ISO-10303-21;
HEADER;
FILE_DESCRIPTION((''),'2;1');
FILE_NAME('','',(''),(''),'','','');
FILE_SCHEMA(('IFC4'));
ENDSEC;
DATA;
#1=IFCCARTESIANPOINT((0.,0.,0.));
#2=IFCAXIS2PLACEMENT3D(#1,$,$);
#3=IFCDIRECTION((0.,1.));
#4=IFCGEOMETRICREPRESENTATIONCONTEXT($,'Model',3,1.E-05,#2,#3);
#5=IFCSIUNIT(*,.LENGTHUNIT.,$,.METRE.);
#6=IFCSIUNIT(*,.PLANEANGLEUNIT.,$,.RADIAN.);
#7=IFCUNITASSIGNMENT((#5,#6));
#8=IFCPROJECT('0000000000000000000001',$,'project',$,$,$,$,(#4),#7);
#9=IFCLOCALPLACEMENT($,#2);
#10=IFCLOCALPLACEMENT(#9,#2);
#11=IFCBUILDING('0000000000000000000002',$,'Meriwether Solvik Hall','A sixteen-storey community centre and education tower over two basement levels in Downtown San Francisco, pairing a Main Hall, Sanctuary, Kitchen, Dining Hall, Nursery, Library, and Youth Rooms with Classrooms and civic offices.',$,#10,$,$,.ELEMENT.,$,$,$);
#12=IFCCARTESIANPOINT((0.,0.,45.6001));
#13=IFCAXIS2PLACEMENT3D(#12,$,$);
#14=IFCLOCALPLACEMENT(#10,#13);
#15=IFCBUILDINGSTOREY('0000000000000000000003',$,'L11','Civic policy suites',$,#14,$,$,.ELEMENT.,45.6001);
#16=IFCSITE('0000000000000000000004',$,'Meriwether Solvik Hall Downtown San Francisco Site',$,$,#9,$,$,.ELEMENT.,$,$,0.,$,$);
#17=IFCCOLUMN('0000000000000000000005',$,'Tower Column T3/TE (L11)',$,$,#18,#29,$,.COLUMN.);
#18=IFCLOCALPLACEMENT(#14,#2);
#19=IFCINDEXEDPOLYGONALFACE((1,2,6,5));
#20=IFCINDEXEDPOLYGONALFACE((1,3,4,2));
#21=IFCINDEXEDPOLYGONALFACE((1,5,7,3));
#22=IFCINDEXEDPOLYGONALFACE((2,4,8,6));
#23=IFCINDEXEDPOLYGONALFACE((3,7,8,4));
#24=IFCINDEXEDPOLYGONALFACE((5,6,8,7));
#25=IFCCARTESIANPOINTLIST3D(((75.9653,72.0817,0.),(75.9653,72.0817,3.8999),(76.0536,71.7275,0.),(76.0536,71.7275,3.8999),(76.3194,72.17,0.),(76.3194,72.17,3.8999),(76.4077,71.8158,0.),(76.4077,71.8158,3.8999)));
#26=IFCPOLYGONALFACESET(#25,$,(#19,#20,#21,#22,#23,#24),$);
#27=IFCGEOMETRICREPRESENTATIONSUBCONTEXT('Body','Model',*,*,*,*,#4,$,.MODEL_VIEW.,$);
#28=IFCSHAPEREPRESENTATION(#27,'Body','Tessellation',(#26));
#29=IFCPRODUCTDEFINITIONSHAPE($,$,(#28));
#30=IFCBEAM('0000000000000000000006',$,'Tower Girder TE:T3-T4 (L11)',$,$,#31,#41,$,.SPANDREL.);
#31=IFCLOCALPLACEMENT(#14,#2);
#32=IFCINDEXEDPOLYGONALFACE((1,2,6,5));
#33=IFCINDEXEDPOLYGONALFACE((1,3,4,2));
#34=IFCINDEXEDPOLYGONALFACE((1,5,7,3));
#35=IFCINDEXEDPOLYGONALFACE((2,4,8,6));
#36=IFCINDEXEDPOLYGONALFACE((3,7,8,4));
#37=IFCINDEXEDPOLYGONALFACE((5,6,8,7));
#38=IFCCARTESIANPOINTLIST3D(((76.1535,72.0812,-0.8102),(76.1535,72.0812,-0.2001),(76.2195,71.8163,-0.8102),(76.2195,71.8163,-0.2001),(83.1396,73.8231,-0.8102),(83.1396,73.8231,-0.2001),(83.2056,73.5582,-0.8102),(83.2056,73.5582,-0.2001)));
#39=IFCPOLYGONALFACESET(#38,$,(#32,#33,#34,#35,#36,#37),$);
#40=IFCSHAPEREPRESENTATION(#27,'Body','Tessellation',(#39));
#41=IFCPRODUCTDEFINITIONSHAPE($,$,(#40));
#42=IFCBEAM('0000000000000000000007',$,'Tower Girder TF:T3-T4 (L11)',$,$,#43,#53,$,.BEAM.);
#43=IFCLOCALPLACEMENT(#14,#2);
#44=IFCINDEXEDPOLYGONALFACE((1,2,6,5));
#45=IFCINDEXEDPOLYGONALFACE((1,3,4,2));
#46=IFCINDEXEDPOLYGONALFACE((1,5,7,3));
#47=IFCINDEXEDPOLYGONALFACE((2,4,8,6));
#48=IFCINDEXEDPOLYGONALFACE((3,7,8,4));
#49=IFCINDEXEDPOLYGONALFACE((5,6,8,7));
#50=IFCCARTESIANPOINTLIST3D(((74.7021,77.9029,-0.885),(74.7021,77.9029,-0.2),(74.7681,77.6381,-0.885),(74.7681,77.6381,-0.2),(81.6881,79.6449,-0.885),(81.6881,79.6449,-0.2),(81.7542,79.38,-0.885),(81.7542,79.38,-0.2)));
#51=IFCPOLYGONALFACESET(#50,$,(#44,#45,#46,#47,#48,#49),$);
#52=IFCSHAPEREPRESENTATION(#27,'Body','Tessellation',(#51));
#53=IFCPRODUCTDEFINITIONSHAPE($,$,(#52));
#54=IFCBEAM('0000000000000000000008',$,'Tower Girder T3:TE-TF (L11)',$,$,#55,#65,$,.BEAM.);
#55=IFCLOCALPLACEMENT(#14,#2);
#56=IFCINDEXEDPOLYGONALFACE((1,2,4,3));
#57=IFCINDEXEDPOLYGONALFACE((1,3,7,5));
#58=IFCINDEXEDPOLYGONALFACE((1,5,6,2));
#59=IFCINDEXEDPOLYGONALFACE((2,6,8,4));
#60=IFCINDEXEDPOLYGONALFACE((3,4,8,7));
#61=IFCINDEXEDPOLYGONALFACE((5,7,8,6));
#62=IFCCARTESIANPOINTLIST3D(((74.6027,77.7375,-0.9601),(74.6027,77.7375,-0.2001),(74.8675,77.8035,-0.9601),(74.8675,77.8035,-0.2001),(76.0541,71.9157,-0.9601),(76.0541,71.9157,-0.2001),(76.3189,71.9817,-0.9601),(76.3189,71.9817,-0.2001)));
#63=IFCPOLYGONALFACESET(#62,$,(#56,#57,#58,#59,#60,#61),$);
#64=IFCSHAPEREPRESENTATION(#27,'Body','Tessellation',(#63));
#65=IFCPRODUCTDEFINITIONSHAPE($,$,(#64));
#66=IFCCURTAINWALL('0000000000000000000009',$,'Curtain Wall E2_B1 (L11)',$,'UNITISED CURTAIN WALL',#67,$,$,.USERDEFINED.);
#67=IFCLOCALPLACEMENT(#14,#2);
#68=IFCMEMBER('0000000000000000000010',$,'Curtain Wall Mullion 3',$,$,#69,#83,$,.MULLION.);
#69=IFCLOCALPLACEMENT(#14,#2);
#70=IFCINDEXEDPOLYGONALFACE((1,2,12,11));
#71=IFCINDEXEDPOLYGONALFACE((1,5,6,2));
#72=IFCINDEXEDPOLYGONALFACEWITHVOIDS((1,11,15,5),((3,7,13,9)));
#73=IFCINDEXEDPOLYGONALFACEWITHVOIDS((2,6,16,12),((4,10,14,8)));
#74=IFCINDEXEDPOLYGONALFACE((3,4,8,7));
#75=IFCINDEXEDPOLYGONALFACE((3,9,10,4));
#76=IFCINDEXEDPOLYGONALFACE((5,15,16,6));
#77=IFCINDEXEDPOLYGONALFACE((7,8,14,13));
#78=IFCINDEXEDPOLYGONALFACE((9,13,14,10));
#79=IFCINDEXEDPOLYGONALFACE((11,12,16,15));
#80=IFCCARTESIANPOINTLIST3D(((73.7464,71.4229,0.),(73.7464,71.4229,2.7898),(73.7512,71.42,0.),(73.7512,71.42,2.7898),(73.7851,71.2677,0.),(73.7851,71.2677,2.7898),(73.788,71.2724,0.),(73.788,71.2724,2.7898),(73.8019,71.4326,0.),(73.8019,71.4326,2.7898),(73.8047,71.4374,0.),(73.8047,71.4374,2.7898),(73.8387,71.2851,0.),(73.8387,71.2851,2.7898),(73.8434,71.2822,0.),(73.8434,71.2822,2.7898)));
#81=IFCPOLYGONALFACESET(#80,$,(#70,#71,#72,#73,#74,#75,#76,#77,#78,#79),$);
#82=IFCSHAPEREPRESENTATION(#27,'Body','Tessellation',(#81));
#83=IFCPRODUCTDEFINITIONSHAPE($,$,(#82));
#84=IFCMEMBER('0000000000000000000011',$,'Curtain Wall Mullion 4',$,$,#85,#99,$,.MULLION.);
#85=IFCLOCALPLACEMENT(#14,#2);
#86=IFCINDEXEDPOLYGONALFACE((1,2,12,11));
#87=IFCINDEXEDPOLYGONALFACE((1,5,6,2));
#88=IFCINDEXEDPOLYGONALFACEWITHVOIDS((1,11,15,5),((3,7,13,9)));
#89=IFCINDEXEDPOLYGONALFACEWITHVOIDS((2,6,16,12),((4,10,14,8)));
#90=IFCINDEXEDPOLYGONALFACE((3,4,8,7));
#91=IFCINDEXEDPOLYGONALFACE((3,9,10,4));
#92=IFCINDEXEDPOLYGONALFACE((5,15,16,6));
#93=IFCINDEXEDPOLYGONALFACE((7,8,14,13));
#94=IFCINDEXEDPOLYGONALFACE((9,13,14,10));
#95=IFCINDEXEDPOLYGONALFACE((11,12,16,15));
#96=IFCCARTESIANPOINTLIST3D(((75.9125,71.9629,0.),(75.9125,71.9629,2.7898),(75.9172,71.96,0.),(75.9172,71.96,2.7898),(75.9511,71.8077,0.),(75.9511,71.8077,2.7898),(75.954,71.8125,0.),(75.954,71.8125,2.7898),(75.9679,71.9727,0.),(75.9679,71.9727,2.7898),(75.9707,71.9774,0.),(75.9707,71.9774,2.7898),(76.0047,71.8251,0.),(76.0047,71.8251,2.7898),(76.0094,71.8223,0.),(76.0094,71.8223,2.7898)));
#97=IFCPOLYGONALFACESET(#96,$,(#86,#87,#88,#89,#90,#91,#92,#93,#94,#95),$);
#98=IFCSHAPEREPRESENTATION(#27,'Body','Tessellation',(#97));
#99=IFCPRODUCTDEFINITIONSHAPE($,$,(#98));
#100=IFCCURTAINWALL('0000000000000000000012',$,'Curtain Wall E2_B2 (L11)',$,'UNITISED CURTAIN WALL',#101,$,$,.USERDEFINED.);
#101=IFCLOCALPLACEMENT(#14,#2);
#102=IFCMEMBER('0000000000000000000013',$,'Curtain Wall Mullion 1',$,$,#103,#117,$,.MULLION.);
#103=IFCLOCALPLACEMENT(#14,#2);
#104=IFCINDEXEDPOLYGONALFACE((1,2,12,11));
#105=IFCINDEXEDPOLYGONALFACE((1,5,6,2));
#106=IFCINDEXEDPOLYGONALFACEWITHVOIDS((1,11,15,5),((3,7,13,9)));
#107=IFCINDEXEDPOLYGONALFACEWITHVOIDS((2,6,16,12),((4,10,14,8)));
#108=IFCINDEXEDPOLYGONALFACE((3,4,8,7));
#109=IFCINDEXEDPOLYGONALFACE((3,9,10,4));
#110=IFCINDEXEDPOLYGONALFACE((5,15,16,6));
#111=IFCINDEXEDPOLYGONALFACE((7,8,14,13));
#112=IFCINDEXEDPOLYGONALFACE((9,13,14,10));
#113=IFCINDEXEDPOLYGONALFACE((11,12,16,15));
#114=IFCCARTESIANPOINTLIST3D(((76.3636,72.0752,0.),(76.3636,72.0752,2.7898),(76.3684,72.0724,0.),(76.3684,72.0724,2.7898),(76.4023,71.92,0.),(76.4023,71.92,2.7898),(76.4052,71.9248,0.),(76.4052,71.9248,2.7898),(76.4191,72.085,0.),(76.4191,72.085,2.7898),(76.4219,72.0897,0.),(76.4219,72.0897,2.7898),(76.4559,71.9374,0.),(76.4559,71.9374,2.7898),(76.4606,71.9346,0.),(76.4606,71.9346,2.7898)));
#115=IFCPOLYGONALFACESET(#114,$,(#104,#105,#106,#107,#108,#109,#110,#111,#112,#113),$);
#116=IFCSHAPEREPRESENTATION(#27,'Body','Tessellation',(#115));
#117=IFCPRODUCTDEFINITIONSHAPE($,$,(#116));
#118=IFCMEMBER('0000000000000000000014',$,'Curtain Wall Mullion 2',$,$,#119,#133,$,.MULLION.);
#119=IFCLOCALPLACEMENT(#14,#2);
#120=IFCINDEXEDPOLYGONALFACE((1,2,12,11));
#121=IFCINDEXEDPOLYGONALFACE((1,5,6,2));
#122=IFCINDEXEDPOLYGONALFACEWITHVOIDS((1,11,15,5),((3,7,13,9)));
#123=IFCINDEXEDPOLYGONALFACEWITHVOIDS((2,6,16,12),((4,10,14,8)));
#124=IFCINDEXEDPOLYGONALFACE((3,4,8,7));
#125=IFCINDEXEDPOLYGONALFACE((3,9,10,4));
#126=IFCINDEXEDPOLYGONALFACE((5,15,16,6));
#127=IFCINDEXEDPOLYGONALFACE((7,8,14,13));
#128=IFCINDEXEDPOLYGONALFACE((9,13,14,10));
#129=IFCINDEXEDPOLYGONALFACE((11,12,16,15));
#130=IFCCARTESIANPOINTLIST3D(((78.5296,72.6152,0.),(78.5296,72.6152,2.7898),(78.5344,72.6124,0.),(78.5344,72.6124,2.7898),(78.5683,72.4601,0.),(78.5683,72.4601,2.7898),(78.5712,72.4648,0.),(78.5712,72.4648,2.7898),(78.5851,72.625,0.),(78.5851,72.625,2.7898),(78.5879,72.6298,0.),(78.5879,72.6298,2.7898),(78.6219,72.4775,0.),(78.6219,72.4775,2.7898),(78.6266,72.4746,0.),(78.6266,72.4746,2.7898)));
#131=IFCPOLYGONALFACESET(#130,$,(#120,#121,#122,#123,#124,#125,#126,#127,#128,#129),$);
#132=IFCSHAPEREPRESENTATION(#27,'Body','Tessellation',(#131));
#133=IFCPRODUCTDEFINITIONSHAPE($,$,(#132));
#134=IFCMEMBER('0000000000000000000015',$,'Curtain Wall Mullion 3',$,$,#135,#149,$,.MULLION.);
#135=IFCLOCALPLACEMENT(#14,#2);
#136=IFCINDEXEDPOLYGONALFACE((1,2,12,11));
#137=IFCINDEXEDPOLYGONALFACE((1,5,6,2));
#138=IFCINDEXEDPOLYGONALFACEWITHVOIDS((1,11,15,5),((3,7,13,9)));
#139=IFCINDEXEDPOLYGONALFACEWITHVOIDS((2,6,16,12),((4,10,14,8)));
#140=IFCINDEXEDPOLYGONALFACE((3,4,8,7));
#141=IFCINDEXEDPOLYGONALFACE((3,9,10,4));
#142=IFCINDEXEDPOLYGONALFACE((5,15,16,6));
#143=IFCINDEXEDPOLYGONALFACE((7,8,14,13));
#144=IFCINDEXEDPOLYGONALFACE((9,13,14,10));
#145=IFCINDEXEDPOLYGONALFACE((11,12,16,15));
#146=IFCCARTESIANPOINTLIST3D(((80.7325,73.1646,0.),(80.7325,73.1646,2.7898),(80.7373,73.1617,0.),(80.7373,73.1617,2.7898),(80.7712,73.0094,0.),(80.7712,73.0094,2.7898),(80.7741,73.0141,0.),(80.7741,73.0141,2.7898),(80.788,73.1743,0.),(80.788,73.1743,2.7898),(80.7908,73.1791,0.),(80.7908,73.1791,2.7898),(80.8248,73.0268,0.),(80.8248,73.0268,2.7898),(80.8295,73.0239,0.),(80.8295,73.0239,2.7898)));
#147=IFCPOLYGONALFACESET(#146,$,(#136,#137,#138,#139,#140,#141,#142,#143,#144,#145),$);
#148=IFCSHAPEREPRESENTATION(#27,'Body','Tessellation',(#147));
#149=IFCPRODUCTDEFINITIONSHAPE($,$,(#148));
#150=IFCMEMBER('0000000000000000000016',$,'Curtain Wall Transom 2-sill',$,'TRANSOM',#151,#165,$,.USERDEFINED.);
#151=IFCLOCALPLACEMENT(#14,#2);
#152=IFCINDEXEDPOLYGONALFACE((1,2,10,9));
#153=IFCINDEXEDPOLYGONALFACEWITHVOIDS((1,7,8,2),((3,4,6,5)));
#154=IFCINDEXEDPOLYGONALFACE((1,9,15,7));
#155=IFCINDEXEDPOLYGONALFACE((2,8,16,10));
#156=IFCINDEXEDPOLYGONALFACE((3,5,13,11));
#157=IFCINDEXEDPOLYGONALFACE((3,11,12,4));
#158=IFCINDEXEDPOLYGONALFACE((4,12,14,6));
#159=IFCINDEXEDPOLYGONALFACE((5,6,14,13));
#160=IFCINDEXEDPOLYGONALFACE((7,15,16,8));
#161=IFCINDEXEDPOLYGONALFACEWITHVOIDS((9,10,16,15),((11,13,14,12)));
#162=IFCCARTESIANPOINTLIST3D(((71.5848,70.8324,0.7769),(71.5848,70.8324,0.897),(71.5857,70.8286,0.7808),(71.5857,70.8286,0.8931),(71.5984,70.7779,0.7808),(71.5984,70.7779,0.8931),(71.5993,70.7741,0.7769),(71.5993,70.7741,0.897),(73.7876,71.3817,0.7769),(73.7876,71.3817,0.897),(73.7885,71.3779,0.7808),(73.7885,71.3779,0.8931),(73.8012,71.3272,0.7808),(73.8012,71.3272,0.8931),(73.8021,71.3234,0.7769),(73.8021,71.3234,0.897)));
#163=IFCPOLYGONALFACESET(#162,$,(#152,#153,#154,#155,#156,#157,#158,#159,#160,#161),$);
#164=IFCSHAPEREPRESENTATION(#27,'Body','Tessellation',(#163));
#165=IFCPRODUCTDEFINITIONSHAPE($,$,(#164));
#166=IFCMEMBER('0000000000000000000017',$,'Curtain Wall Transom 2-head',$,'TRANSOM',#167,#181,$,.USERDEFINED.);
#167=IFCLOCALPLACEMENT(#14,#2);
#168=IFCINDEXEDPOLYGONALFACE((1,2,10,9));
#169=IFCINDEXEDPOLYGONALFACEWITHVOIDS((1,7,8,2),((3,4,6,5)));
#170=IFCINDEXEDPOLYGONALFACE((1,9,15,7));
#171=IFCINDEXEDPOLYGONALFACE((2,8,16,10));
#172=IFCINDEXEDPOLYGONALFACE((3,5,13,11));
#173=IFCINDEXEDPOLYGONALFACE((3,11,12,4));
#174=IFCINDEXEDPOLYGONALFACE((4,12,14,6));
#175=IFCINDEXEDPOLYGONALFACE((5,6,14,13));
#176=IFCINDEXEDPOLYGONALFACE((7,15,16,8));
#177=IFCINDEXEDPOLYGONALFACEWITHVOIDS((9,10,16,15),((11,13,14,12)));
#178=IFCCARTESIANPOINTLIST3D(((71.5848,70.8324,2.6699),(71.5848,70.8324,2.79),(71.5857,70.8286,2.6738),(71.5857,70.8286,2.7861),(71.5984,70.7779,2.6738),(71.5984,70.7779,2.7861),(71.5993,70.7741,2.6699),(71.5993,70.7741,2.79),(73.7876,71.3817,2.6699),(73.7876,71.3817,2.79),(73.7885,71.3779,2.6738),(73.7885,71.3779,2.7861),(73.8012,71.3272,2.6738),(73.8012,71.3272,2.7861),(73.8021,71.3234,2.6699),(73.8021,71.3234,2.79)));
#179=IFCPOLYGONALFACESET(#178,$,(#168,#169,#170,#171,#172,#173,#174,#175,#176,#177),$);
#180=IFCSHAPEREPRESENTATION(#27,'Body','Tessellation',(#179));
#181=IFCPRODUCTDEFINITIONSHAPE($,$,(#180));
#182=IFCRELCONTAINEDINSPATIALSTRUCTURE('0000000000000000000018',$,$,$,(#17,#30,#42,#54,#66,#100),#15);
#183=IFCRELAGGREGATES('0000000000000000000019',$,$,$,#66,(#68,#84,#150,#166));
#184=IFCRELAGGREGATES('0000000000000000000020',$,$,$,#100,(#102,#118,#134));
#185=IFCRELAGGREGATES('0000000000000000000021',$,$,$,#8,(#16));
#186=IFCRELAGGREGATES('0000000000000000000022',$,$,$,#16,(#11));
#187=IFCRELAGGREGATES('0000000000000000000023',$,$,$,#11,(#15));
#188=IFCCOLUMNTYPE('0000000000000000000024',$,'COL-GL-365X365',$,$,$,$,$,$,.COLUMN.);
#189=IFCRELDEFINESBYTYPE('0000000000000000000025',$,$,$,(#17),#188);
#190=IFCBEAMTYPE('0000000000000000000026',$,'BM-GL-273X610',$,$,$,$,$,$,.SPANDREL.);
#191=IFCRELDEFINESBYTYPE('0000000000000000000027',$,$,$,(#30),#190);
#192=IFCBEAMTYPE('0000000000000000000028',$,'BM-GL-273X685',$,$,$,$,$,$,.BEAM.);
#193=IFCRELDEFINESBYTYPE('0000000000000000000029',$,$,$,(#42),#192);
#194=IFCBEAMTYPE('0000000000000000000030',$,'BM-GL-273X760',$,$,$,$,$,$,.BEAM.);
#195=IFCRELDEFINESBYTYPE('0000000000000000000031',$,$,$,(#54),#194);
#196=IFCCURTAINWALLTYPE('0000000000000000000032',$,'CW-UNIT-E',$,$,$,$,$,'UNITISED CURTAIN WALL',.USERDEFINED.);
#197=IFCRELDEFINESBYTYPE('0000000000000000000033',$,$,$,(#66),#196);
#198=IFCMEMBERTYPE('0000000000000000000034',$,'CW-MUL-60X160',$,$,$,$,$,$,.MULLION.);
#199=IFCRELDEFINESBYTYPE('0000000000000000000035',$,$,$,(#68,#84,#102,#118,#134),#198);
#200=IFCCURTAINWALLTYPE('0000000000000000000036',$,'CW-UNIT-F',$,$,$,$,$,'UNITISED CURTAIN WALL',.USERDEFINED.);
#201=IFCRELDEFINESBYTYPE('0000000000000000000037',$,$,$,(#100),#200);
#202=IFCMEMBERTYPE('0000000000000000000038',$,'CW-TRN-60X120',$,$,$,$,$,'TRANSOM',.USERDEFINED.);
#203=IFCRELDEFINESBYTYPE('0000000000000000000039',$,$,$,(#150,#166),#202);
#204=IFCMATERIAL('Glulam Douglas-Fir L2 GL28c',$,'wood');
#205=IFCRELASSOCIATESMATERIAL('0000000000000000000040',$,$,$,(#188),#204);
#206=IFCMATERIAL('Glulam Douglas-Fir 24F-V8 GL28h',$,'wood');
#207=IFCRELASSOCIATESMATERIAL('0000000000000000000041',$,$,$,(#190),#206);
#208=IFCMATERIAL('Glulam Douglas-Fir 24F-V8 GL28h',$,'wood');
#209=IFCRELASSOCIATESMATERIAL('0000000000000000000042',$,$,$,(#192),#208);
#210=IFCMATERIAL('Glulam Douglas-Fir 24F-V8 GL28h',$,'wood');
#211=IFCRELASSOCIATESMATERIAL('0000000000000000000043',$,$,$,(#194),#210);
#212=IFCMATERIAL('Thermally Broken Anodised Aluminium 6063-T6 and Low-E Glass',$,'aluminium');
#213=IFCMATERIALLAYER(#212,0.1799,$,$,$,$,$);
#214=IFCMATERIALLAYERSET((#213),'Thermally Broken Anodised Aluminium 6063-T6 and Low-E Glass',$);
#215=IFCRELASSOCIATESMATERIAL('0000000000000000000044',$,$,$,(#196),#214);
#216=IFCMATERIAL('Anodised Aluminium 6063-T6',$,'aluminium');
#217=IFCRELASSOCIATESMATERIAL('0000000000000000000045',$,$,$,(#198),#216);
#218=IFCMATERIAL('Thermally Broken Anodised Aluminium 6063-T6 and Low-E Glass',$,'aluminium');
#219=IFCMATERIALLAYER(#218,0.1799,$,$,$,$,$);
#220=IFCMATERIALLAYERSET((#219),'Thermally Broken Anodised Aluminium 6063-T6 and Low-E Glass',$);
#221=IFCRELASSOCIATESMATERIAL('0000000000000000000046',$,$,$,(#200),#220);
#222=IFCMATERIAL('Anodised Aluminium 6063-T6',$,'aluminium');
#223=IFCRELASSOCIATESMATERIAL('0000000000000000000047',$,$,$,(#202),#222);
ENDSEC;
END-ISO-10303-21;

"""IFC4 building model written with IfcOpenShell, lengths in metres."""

from ifc_helpers import new_model, si_unit, direction, frame, origin, origin_2d, place, context, subcontext, project, spatial, rectangle, hollow_rectangle, extrude, material, layer, layer_set, material_profile, profile_set, type_object, element, aggregate, save


model = new_model("IFC4")

# Units and contexts
model_context = context("Model", 3, precision=1e-05, world=origin(), true_north=direction((0.0, 1.0)))
body_context = subcontext(model_context, "Body", "Model", "MODEL_VIEW")
ifc_project = project(units=[si_unit("LENGTHUNIT", "METRE"), si_unit("PLANEANGLEUNIT", "RADIAN")], contexts=[model_context])

# Site, building, storey
site_placement = place(None, origin())
site = spatial("IfcSite", under=ifc_project, at=site_placement, Name="Meriwether Solvik Hall Downtown San Francisco Site", CompositionType="ELEMENT", RefElevation=0.0)
building_placement = place(site_placement, origin())
building = spatial("IfcBuilding", under=site, at=building_placement, Name="Meriwether Solvik Hall", Description="A sixteen-storey community centre and education tower over two basement levels in Downtown San Francisco, pairing a Main Hall, Sanctuary, Kitchen, Dining Hall, Nursery, Library, and Youth Rooms with Classrooms and civic offices.", CompositionType="ELEMENT")
storey_placement = place(building_placement, frame((0.0, 0.0, 45.6001)))
storey = spatial("IfcBuildingStorey", under=building, at=storey_placement, Name="L11", Description="Civic policy suites", CompositionType="ELEMENT", Elevation=45.6001)

# Column
ifc_material_1 = material(Name="Glulam Douglas-Fir L2 GL28c", Category="wood")
ifc_material_profile_1 = material_profile(ifc_material_1, rectangle(XDim=0.365, YDim=0.365, at=origin_2d()), Name="GLC-365X365")
ifc_profile_set_1 = profile_set([ifc_material_profile_1], Name="Glulam Douglas-Fir L2 GL28c")
column_type = type_object("IfcColumnType", Name="COL-GL-365X365", PredefinedType="COLUMN", material=ifc_profile_set_1)
column_placement = place(storey_placement, frame((76.1865, 71.9487, 0.0), z_axis=(0.0, 0.0, 1.0), x_axis=(0.970296, 0.241922, 0.0)))
element("IfcColumn", 1, at=column_placement, inside=storey, type_object=column_type, Name="Tower Column T3/TE (L11)", PredefinedType="COLUMN", context=body_context, shape_type="SweptSolid", body=[
    extrude(rectangle(XDim=0.365, YDim=0.365, at=origin_2d()), origin(), (0.0, 0.0, 1.0), 3.8999),
])

# Beams
ifc_material_2 = material(Name="Glulam Douglas-Fir 24F-V8 GL28h", Category="wood")
ifc_material_profile_2 = material_profile(ifc_material_2, rectangle(XDim=0.2729, YDim=0.6101, at=origin_2d()), Name="GLB-273X610")
ifc_profile_set_2 = profile_set([ifc_material_profile_2], Name="Glulam Douglas-Fir 24F-V8 GL28h")
beam_type_1 = type_object("IfcBeamType", Name="BM-GL-273X610", PredefinedType="SPANDREL", material=ifc_profile_set_2)
beam_1_placement = place(storey_placement, frame((76.1865, 71.9487, -0.5051), z_axis=(0.970292, 0.241937, 0.0), x_axis=(-0.241937, 0.970292, 0.0)))
element("IfcBeam", 2, at=beam_1_placement, inside=storey, type_object=beam_type_1, Name="Tower Girder TE:T3-T4 (L11)", PredefinedType="SPANDREL", context=body_context, shape_type="SweptSolid", body=[
    extrude(rectangle(XDim=0.2729, YDim=0.6101, at=origin_2d()), origin(), (0.0, 0.0, 1.0), 7.2),
])
ifc_material_3 = material(Name="Glulam Douglas-Fir 24F-V8 GL28h", Category="wood")
ifc_material_profile_3 = material_profile(ifc_material_3, rectangle(XDim=0.2729, YDim=0.6851, at=origin_2d()), Name="GLB-273X685")
ifc_profile_set_3 = profile_set([ifc_material_profile_3], Name="Glulam Douglas-Fir 24F-V8 GL28h")
beam_type_2 = type_object("IfcBeamType", Name="BM-GL-273X685", PredefinedType="BEAM", material=ifc_profile_set_3)
beam_2_placement = place(storey_placement, frame((74.7351, 77.7705, -0.5425), z_axis=(0.970292, 0.241937, 0.0), x_axis=(-0.241937, 0.970292, 0.0)))
element("IfcBeam", 3, at=beam_2_placement, inside=storey, type_object=beam_type_2, Name="Tower Girder TF:T3-T4 (L11)", PredefinedType="BEAM", context=body_context, shape_type="SweptSolid", body=[
    extrude(rectangle(XDim=0.2729, YDim=0.6851, at=origin_2d()), origin(), (0.0, 0.0, 1.0), 7.2),
])
ifc_material_4 = material(Name="Glulam Douglas-Fir 24F-V8 GL28h", Category="wood")
ifc_material_profile_4 = material_profile(ifc_material_4, rectangle(XDim=0.2729, YDim=0.76, at=origin_2d()), Name="GLB-273X760")
ifc_profile_set_4 = profile_set([ifc_material_profile_4], Name="Glulam Douglas-Fir 24F-V8 GL28h")
beam_type_3 = type_object("IfcBeamType", Name="BM-GL-273X760", PredefinedType="BEAM", material=ifc_profile_set_4)
beam_3_placement = place(storey_placement, frame((76.1865, 71.9487, -0.5801), z_axis=(-0.241904, 0.9703, 0.0), x_axis=(-0.9703, -0.241904, 0.0)))
element("IfcBeam", 4, at=beam_3_placement, inside=storey, type_object=beam_type_3, Name="Tower Girder T3:TE-TF (L11)", PredefinedType="BEAM", context=body_context, shape_type="SweptSolid", body=[
    extrude(rectangle(XDim=0.2729, YDim=0.76, at=origin_2d()), origin(), (0.0, 0.0, 1.0), 6.0),
])

# Curtain walls, members
ifc_material_5 = material(Name="Thermally Broken Anodised Aluminium 6063-T6 and Low-E Glass", Category="aluminium")
ifc_layer_1 = layer(ifc_material_5, 0.1799)
ifc_layer_set_1 = layer_set([ifc_layer_1], Name="Thermally Broken Anodised Aluminium 6063-T6 and Low-E Glass")
curtain_wall_type_1 = type_object("IfcCurtainWallType", Name="CW-UNIT-E", ElementType="UNITISED CURTAIN WALL", PredefinedType="USERDEFINED", material=ifc_layer_set_1)
curtain_wall_1_placement = place(storey_placement, origin())
curtain_wall_1 = element("IfcCurtainWall", 5, at=curtain_wall_1_placement, inside=storey, type_object=curtain_wall_type_1, Name="Curtain Wall E2_B1 (L11)", ObjectType="UNITISED CURTAIN WALL", PredefinedType="USERDEFINED")
ifc_material_6 = material(Name="Anodised Aluminium 6063-T6", Category="aluminium")
ifc_material_profile_5 = material_profile(ifc_material_6, hollow_rectangle(XDim=0.0601, YDim=0.1599, WallThickness=0.0039, at=origin_2d()), Name="CWM-60X160")
ifc_profile_set_5 = profile_set([ifc_material_profile_5], Name="Anodised Aluminium 6063-T6")
member_type_1 = type_object("IfcMemberType", Name="CW-MUL-60X160", PredefinedType="MULLION", material=ifc_profile_set_5)
member_1_placement = place(storey_placement, frame((73.7949, 71.3525, 0.0), z_axis=(0.0, 0.0, 1.0), x_axis=(0.970296, 0.241922, 0.0)))
member_1 = element("IfcMember", 6, at=member_1_placement, type_object=member_type_1, Name="Curtain Wall Mullion 3", PredefinedType="MULLION", context=body_context, shape_type="SweptSolid", body=[
    extrude(hollow_rectangle(XDim=0.0601, YDim=0.1599, WallThickness=0.0039, at=origin_2d()), origin(), (0.0, 0.0, 1.0), 2.7898),
])
member_2_placement = place(storey_placement, frame((75.9609, 71.8926, 0.0), z_axis=(0.0, 0.0, 1.0), x_axis=(0.970296, 0.241922, 0.0)))
member_2 = element("IfcMember", 7, at=member_2_placement, type_object=member_type_1, Name="Curtain Wall Mullion 4", PredefinedType="MULLION", context=body_context, shape_type="SweptSolid", body=[
    extrude(hollow_rectangle(XDim=0.0601, YDim=0.1599, WallThickness=0.0039, at=origin_2d()), origin(), (0.0, 0.0, 1.0), 2.7898),
])
ifc_material_7 = material(Name="Thermally Broken Anodised Aluminium 6063-T6 and Low-E Glass", Category="aluminium")
ifc_layer_2 = layer(ifc_material_7, 0.1799)
ifc_layer_set_2 = layer_set([ifc_layer_2], Name="Thermally Broken Anodised Aluminium 6063-T6 and Low-E Glass")
curtain_wall_type_2 = type_object("IfcCurtainWallType", Name="CW-UNIT-F", ElementType="UNITISED CURTAIN WALL", PredefinedType="USERDEFINED", material=ifc_layer_set_2)
curtain_wall_2_placement = place(storey_placement, origin())
curtain_wall_2 = element("IfcCurtainWall", 8, at=curtain_wall_2_placement, inside=storey, type_object=curtain_wall_type_2, Name="Curtain Wall E2_B2 (L11)", ObjectType="UNITISED CURTAIN WALL", PredefinedType="USERDEFINED")
member_3_placement = place(storey_placement, frame((76.4121, 72.0049, 0.0), z_axis=(0.0, 0.0, 1.0), x_axis=(0.970296, 0.241922, 0.0)))
member_3 = element("IfcMember", 9, at=member_3_placement, type_object=member_type_1, Name="Curtain Wall Mullion 1", PredefinedType="MULLION", context=body_context, shape_type="SweptSolid", body=[
    extrude(hollow_rectangle(XDim=0.0601, YDim=0.1599, WallThickness=0.0039, at=origin_2d()), origin(), (0.0, 0.0, 1.0), 2.7898),
])
member_4_placement = place(storey_placement, frame((78.5781, 72.5449, 0.0), z_axis=(0.0, 0.0, 1.0), x_axis=(0.970296, 0.241922, 0.0)))
member_4 = element("IfcMember", 10, at=member_4_placement, type_object=member_type_1, Name="Curtain Wall Mullion 2", PredefinedType="MULLION", context=body_context, shape_type="SweptSolid", body=[
    extrude(hollow_rectangle(XDim=0.0601, YDim=0.1599, WallThickness=0.0039, at=origin_2d()), origin(), (0.0, 0.0, 1.0), 2.7898),
])
member_5_placement = place(storey_placement, frame((80.781, 73.0942, 0.0), z_axis=(0.0, 0.0, 1.0), x_axis=(0.970296, 0.241922, 0.0)))
member_5 = element("IfcMember", 11, at=member_5_placement, type_object=member_type_1, Name="Curtain Wall Mullion 3", PredefinedType="MULLION", context=body_context, shape_type="SweptSolid", body=[
    extrude(hollow_rectangle(XDim=0.0601, YDim=0.1599, WallThickness=0.0039, at=origin_2d()), origin(), (0.0, 0.0, 1.0), 2.7898),
])

# Members
ifc_material_8 = material(Name="Anodised Aluminium 6063-T6", Category="aluminium")
ifc_material_profile_6 = material_profile(ifc_material_8, hollow_rectangle(XDim=0.0601, YDim=0.1201, WallThickness=0.0039, at=origin_2d()), Name="CWT-60X120")
ifc_profile_set_6 = profile_set([ifc_material_profile_6], Name="Anodised Aluminium 6063-T6")
member_type_2 = type_object("IfcMemberType", Name="CW-TRN-60X120", ElementType="TRANSOM", PredefinedType="USERDEFINED", material=ifc_profile_set_6)
member_6_placement = place(storey_placement, frame((71.592, 70.8032, 0.8369), z_axis=(0.970288, 0.241954, 0.0), x_axis=(-0.241954, 0.970288, 0.0)))
member_6 = element("IfcMember", 12, at=member_6_placement, type_object=member_type_2, Name="Curtain Wall Transom 2-sill", ObjectType="TRANSOM", PredefinedType="USERDEFINED", context=body_context, shape_type="SweptSolid", body=[
    extrude(hollow_rectangle(XDim=0.0601, YDim=0.1201, WallThickness=0.0039, at=origin_2d()), origin(), (0.0, 0.0, 1.0), 2.2703),
])
member_7_placement = place(storey_placement, frame((71.592, 70.8032, 2.73), z_axis=(0.970288, 0.241954, 0.0), x_axis=(-0.241954, 0.970288, 0.0)))
member_7 = element("IfcMember", 13, at=member_7_placement, type_object=member_type_2, Name="Curtain Wall Transom 2-head", ObjectType="TRANSOM", PredefinedType="USERDEFINED", context=body_context, shape_type="SweptSolid", body=[
    extrude(hollow_rectangle(XDim=0.0601, YDim=0.1201, WallThickness=0.0039, at=origin_2d()), origin(), (0.0, 0.0, 1.0), 2.2703),
])

aggregate(curtain_wall_1, [member_1, member_2, member_6, member_7])
aggregate(curtain_wall_2, [member_3, member_4, member_5])

save(model, "model.ifc")
